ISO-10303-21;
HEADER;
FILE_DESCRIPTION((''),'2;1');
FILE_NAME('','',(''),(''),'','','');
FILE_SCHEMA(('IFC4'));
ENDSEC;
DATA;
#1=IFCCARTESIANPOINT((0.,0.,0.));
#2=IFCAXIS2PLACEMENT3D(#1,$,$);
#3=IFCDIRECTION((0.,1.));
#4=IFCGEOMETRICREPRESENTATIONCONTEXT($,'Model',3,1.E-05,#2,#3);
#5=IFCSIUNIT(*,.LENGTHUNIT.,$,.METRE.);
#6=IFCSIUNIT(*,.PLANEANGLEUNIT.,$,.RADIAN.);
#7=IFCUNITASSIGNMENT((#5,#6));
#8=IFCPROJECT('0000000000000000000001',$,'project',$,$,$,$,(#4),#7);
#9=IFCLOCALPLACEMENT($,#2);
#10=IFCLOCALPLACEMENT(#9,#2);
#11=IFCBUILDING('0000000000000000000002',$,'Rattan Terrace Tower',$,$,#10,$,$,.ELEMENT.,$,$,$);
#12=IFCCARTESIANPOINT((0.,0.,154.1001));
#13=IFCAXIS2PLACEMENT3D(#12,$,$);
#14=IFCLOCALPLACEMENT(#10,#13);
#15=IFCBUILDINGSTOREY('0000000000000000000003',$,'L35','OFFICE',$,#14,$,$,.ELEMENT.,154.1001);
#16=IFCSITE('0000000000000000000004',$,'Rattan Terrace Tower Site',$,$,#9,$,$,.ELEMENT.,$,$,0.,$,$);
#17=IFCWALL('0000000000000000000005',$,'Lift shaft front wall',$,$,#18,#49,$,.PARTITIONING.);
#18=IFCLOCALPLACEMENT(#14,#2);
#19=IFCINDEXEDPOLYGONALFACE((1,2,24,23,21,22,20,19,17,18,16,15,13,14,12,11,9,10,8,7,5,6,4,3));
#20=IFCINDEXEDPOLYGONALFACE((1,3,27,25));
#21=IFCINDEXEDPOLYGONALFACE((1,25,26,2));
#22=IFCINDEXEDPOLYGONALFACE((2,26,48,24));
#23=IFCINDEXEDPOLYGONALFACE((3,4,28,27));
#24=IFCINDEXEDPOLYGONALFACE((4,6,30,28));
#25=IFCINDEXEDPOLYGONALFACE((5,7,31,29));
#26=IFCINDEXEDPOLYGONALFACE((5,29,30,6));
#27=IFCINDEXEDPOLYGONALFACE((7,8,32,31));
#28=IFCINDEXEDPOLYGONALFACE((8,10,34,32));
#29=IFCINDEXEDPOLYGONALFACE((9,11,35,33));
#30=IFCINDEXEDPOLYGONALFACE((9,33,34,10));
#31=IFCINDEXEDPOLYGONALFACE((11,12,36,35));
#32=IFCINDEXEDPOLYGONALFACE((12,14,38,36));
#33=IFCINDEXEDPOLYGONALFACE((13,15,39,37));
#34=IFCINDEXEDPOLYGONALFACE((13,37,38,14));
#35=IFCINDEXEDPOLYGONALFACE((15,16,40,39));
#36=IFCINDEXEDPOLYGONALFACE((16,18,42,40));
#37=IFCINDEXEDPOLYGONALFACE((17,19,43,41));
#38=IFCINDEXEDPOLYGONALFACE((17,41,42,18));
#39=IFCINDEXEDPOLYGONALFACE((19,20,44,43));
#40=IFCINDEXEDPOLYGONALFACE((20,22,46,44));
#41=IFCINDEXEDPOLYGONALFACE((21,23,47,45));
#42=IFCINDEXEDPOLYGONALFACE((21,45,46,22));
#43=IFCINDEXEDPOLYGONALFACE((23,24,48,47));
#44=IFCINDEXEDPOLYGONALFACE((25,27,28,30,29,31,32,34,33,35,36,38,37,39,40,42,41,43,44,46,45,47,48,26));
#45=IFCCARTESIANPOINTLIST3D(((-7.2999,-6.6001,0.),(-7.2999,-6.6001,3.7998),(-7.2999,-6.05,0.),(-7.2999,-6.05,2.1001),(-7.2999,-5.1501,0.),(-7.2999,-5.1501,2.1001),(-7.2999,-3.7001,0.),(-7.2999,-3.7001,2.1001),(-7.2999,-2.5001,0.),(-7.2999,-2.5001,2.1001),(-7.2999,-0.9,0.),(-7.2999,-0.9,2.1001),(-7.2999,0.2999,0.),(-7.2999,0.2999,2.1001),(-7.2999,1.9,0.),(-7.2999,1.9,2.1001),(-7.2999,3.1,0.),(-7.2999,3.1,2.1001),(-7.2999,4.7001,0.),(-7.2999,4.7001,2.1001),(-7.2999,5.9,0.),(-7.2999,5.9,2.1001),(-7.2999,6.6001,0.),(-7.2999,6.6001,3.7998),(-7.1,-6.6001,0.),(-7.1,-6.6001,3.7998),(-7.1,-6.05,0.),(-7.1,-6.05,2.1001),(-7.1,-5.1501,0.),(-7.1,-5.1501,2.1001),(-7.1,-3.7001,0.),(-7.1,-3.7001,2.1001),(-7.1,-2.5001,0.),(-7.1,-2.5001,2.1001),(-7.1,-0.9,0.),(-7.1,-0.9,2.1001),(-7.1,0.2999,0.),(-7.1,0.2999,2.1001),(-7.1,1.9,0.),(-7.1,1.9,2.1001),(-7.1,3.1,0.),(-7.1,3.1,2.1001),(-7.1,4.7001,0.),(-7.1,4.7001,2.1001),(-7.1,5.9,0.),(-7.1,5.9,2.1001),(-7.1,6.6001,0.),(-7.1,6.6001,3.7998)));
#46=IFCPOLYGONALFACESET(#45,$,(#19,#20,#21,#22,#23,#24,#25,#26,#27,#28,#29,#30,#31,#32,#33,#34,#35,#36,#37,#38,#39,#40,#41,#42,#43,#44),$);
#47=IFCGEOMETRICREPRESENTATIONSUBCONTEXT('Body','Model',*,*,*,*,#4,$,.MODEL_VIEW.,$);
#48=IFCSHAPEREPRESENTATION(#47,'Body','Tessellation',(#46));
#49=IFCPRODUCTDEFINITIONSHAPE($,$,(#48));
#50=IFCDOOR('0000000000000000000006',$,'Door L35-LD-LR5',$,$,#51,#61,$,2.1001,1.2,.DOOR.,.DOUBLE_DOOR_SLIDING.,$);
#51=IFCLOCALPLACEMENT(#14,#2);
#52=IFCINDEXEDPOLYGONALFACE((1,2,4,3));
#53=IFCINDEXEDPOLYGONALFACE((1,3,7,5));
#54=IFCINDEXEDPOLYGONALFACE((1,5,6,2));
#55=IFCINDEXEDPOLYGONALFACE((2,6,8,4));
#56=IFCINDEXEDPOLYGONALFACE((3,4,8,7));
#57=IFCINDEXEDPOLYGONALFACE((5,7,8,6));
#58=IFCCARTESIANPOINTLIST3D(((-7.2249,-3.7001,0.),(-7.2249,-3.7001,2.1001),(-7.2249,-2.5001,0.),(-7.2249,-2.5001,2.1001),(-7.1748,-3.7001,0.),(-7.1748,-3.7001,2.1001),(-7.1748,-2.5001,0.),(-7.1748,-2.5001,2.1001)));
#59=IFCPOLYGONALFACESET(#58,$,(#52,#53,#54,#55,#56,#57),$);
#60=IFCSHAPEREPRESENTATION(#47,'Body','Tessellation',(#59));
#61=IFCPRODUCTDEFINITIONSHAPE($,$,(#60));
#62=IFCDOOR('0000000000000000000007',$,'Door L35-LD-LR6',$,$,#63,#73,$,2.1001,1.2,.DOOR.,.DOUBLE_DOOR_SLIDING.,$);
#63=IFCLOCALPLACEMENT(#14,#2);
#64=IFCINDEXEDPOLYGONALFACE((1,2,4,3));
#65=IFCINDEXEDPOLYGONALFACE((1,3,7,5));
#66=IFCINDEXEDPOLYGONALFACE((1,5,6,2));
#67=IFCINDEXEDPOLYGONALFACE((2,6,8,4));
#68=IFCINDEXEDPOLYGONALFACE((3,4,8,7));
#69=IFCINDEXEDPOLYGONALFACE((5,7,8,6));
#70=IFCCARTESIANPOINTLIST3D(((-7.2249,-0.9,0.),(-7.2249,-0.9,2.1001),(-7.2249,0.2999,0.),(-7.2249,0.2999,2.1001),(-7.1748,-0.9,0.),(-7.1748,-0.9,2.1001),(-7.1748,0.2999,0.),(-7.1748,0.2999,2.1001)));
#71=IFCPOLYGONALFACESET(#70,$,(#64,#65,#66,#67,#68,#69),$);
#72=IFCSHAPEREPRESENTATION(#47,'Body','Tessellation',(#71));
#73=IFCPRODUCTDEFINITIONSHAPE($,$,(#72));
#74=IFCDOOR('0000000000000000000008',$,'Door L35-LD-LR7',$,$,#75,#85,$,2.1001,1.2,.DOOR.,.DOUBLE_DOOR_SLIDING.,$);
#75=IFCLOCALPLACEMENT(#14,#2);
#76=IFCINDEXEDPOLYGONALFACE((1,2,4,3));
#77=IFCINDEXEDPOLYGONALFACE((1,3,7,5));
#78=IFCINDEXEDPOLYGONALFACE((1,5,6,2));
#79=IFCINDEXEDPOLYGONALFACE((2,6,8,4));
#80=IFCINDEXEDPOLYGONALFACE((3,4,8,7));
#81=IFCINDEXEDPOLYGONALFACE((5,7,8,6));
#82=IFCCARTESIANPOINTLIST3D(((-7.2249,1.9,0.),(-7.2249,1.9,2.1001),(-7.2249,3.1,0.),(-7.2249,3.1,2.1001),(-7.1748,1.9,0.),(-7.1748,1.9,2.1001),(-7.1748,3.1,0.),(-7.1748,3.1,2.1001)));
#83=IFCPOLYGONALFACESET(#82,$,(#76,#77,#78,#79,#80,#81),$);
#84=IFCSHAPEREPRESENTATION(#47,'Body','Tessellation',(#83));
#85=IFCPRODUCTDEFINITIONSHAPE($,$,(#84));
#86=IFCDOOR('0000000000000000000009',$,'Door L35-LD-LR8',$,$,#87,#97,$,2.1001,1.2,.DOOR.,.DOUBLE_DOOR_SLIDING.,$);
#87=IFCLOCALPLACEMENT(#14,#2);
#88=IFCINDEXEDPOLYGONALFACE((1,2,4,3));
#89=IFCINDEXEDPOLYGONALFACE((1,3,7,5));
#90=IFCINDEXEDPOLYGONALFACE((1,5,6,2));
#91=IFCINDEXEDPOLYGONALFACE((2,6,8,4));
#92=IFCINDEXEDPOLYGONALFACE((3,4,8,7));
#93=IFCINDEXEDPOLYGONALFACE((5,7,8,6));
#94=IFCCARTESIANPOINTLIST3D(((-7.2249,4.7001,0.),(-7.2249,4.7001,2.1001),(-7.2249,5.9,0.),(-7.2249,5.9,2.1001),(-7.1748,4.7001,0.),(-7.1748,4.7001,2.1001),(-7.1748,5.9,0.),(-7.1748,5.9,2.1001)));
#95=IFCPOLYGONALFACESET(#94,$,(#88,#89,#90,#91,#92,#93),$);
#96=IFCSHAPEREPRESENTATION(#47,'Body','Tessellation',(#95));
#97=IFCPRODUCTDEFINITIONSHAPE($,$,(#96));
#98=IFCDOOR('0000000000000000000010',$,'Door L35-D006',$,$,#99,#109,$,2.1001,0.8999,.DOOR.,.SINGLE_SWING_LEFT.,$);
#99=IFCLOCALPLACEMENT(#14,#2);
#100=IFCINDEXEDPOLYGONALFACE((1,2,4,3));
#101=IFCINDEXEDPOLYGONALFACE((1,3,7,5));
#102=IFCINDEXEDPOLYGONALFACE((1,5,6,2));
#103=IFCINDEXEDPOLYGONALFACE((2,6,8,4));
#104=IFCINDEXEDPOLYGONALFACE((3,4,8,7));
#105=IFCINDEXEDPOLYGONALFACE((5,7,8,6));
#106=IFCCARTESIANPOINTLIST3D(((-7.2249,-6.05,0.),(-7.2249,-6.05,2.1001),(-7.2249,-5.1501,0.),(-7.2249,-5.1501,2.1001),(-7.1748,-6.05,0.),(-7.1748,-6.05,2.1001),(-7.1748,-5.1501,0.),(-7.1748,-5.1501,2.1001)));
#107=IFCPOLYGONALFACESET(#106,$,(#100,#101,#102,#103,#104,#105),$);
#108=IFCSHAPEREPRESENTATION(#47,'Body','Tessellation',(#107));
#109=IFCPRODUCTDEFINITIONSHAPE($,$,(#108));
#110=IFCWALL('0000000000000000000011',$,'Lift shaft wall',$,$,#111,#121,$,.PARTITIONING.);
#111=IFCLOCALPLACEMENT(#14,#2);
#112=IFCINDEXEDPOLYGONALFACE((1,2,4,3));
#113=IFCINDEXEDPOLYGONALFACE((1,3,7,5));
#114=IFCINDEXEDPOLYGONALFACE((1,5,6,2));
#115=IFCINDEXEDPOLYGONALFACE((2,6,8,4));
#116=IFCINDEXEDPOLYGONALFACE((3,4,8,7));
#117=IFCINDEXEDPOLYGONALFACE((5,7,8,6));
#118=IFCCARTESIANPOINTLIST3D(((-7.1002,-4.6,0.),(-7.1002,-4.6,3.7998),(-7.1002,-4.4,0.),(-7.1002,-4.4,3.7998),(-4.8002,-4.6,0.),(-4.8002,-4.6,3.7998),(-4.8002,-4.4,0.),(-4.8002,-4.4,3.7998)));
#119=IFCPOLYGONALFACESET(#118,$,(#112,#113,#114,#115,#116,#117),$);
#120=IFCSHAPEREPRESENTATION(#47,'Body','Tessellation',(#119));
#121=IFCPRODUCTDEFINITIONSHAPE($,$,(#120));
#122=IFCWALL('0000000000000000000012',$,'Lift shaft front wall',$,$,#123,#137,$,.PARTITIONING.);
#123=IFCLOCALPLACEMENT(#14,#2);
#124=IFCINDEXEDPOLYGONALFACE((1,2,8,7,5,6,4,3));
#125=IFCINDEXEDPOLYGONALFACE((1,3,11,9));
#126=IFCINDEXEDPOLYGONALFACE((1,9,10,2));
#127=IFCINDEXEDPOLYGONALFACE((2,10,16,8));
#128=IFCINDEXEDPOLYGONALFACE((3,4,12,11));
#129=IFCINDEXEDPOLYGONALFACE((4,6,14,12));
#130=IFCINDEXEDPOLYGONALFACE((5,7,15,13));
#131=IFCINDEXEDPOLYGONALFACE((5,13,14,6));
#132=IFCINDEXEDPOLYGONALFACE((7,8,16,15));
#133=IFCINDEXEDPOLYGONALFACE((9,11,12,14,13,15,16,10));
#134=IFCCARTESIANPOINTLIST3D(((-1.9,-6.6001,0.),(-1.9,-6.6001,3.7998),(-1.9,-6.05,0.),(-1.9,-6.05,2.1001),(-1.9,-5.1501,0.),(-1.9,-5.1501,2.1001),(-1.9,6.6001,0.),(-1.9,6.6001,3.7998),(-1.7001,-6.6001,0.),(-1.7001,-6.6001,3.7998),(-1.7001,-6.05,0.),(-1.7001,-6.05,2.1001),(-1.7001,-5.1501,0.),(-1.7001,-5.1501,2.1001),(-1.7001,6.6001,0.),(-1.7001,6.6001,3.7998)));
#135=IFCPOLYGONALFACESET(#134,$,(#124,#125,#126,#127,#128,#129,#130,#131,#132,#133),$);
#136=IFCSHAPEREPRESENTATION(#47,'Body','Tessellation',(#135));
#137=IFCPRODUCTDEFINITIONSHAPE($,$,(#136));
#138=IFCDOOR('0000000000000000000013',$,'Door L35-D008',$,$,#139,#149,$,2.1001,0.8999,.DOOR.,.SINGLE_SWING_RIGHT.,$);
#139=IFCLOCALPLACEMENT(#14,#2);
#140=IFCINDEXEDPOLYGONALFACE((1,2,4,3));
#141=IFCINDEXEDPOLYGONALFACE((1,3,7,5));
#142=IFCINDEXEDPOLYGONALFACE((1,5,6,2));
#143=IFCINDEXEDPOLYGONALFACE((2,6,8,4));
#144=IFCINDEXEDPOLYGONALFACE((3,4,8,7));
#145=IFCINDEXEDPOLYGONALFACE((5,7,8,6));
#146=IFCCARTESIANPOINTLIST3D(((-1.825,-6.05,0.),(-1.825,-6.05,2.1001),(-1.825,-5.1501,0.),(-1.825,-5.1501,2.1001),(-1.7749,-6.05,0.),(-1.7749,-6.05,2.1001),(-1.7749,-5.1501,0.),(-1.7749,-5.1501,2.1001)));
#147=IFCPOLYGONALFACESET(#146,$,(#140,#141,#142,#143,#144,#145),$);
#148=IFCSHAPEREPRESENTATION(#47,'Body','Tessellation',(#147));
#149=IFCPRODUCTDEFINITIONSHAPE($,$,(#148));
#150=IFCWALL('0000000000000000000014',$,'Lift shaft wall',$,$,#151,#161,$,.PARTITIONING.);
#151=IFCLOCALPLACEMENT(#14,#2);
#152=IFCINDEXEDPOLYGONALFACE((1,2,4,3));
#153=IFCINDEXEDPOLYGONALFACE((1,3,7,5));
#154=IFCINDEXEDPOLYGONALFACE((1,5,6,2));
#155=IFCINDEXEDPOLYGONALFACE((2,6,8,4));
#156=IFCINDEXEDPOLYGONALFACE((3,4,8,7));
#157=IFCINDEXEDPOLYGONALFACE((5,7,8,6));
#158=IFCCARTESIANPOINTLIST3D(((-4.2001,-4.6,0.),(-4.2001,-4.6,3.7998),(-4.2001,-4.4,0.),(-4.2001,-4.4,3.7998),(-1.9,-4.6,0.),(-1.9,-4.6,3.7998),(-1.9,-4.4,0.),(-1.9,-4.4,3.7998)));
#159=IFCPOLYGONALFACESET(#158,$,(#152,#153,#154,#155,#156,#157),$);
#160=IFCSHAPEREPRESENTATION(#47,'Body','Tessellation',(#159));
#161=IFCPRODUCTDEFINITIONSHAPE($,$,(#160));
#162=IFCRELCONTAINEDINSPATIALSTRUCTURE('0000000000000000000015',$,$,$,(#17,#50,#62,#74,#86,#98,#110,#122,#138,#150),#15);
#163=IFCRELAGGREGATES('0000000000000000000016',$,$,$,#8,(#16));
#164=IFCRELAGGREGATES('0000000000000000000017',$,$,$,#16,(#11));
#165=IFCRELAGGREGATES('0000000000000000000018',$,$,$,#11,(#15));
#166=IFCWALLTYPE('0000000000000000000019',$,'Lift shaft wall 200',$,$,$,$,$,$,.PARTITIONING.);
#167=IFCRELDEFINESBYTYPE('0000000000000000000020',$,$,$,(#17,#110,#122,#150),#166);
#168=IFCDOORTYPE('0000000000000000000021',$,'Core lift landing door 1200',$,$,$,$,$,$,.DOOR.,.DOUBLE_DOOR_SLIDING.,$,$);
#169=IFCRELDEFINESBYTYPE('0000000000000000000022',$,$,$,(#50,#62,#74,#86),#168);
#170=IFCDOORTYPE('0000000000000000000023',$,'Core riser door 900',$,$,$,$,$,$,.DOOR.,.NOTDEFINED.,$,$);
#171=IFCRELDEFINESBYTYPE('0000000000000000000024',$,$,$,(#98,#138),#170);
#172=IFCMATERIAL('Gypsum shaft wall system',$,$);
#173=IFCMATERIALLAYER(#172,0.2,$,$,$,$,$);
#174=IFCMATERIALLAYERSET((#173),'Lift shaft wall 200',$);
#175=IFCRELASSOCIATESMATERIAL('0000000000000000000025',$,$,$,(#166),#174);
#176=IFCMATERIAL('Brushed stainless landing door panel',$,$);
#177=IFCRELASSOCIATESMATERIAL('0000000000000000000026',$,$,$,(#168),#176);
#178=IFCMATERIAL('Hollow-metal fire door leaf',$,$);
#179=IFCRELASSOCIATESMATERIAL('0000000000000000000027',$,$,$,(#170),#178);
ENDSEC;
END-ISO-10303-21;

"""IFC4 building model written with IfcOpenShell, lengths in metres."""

from ifc_helpers import new_model, si_unit, direction, frame, frame_2d, origin, place, context, subcontext, project, spatial, rectangle, extrude, material, layer, layer_set, type_object, element, fill, save


model = new_model("IFC4")

# Units and contexts
model_context = context("Model", 3, precision=1e-05, world=origin(), true_north=direction((0.0, 1.0)))
body_context = subcontext(model_context, "Body", "Model", "MODEL_VIEW")
ifc_project = project(units=[si_unit("LENGTHUNIT", "METRE"), si_unit("PLANEANGLEUNIT", "RADIAN")], contexts=[model_context])

# Site, building, storey
site_placement = place(None, origin())
site = spatial("IfcSite", under=ifc_project, at=site_placement, Name="Rattan Terrace Tower Site", CompositionType="ELEMENT", RefElevation=0.0)
building_placement = place(site_placement, origin())
building = spatial("IfcBuilding", under=site, at=building_placement, Name="Rattan Terrace Tower", CompositionType="ELEMENT")
storey_placement = place(building_placement, frame((0.0, 0.0, 154.1001)))
storey = spatial("IfcBuildingStorey", under=building, at=storey_placement, Name="L35", Description="OFFICE", CompositionType="ELEMENT", Elevation=154.1001)

# Wall, openings, doors
ifc_material_1 = material(Name="Gypsum shaft wall system")
ifc_layer_1 = layer(ifc_material_1, 0.2)
ifc_layer_set_1 = layer_set([ifc_layer_1], Name="Lift shaft wall 200")
wall_type_1 = type_object("IfcWallType", Name="Lift shaft wall 200", PredefinedType="PARTITIONING", material=ifc_layer_set_1)
wall_1_placement = place(storey_placement, frame((-7.2, -6.6001, 0.0), z_axis=(0.0, 0.0, 1.0), x_axis=(0.0, 1.0, 0.0)))
wall_1 = element("IfcWall", 1, at=wall_1_placement, inside=storey, type_object=wall_type_1, Name="Lift shaft front wall", PredefinedType="PARTITIONING", context=body_context, shape_type="SweptSolid", body=[
    extrude(rectangle(XDim=13.2002, YDim=0.2, at=frame_2d((6.6001, 0.0))), origin(), (0.0, 0.0, 1.0), 3.7998),
])
opening_1_placement = place(wall_1_placement, frame((0.55, 0.0, 0.0)))
opening_1 = element("IfcOpeningElement", 2, at=opening_1_placement, cuts=wall_1, PredefinedType="OPENING", context=body_context, shape_type="SweptSolid", body=[
    extrude(rectangle(XDim=0.8999, YDim=2.1001, at=frame_2d((0.45, 1.05))), frame((0.0, 0.1106, 0.0), z_axis=(0.0, -1.0, 0.0), x_axis=(1.0, 0.0, 0.0)), (0.0, 0.0, 1.0), 0.2209),
])
opening_2_placement = place(wall_1_placement, frame((2.8999, 0.0, 0.0)))
opening_2 = element("IfcOpeningElement", 3, at=opening_2_placement, cuts=wall_1, PredefinedType="OPENING", context=body_context, shape_type="SweptSolid", body=[
    extrude(rectangle(XDim=1.2, YDim=2.1001, at=frame_2d((0.6001, 1.05))), frame((0.0, 0.1106, 0.0), z_axis=(0.0, -1.0, 0.0), x_axis=(1.0, 0.0, 0.0)), (0.0, 0.0, 1.0), 0.2209),
])
opening_3_placement = place(wall_1_placement, frame((5.7, 0.0, 0.0)))
opening_3 = element("IfcOpeningElement", 4, at=opening_3_placement, cuts=wall_1, PredefinedType="OPENING", context=body_context, shape_type="SweptSolid", body=[
    extrude(rectangle(XDim=1.2, YDim=2.1001, at=frame_2d((0.6001, 1.05))), frame((0.0, 0.1106, 0.0), z_axis=(0.0, -1.0, 0.0), x_axis=(1.0, 0.0, 0.0)), (0.0, 0.0, 1.0), 0.2209),
])
opening_4_placement = place(wall_1_placement, frame((8.5, 0.0, 0.0)))
opening_4 = element("IfcOpeningElement", 5, at=opening_4_placement, cuts=wall_1, PredefinedType="OPENING", context=body_context, shape_type="SweptSolid", body=[
    extrude(rectangle(XDim=1.2, YDim=2.1001, at=frame_2d((0.6001, 1.05))), frame((0.0, 0.1106, 0.0), z_axis=(0.0, -1.0, 0.0), x_axis=(1.0, 0.0, 0.0)), (0.0, 0.0, 1.0), 0.2209),
])
opening_5_placement = place(wall_1_placement, frame((11.3, 0.0, 0.0)))
opening_5 = element("IfcOpeningElement", 6, at=opening_5_placement, cuts=wall_1, PredefinedType="OPENING", context=body_context, shape_type="SweptSolid", body=[
    extrude(rectangle(XDim=1.2, YDim=2.1001, at=frame_2d((0.6001, 1.05))), frame((0.0, 0.1106, 0.0), z_axis=(0.0, -1.0, 0.0), x_axis=(1.0, 0.0, 0.0)), (0.0, 0.0, 1.0), 0.2209),
])
ifc_material_2 = material(Name="Brushed stainless landing door panel")
door_type_1 = type_object("IfcDoorType", Name="Core lift landing door 1200", OperationType="DOUBLE_DOOR_SLIDING", PredefinedType="DOOR", material=ifc_material_2)
door_1_placement = place(opening_2_placement, origin())
door_1 = element("IfcDoor", 7, at=door_1_placement, inside=storey, type_object=door_type_1, Name="Door L35-LD-LR5", OperationType="DOUBLE_DOOR_SLIDING", OverallHeight=2.1001, OverallWidth=1.2, PredefinedType="DOOR", context=body_context, shape_type="SweptSolid", body=[
    extrude(rectangle(XDim=1.2, YDim=2.1001, at=frame_2d((0.6001, 1.05))), frame((0.0, 0.0249, 0.0), z_axis=(0.0, -1.0, 0.0), x_axis=(1.0, 0.0, 0.0)), (0.0, 0.0, 1.0), 0.05),
])
fill(opening_2, door_1)
door_2_placement = place(opening_3_placement, origin())
door_2 = element("IfcDoor", 8, at=door_2_placement, inside=storey, type_object=door_type_1, Name="Door L35-LD-LR6", OperationType="DOUBLE_DOOR_SLIDING", OverallHeight=2.1001, OverallWidth=1.2, PredefinedType="DOOR", context=body_context, shape_type="SweptSolid", body=[
    extrude(rectangle(XDim=1.2, YDim=2.1001, at=frame_2d((0.6001, 1.05))), frame((0.0, 0.0249, 0.0), z_axis=(0.0, -1.0, 0.0), x_axis=(1.0, 0.0, 0.0)), (0.0, 0.0, 1.0), 0.05),
])
fill(opening_3, door_2)
door_3_placement = place(opening_4_placement, origin())
door_3 = element("IfcDoor", 9, at=door_3_placement, inside=storey, type_object=door_type_1, Name="Door L35-LD-LR7", OperationType="DOUBLE_DOOR_SLIDING", OverallHeight=2.1001, OverallWidth=1.2, PredefinedType="DOOR", context=body_context, shape_type="SweptSolid", body=[
    extrude(rectangle(XDim=1.2, YDim=2.1001, at=frame_2d((0.6001, 1.05))), frame((0.0, 0.0249, 0.0), z_axis=(0.0, -1.0, 0.0), x_axis=(1.0, 0.0, 0.0)), (0.0, 0.0, 1.0), 0.05),
])
fill(opening_4, door_3)
door_4_placement = place(opening_5_placement, origin())
door_4 = element("IfcDoor", 10, at=door_4_placement, inside=storey, type_object=door_type_1, Name="Door L35-LD-LR8", OperationType="DOUBLE_DOOR_SLIDING", OverallHeight=2.1001, OverallWidth=1.2, PredefinedType="DOOR", context=body_context, shape_type="SweptSolid", body=[
    extrude(rectangle(XDim=1.2, YDim=2.1001, at=frame_2d((0.6001, 1.05))), frame((0.0, 0.0249, 0.0), z_axis=(0.0, -1.0, 0.0), x_axis=(1.0, 0.0, 0.0)), (0.0, 0.0, 1.0), 0.05),
])
fill(opening_5, door_4)
ifc_material_3 = material(Name="Hollow-metal fire door leaf")
door_type_2 = type_object("IfcDoorType", Name="Core riser door 900", OperationType="NOTDEFINED", PredefinedType="DOOR", material=ifc_material_3)
door_5_placement = place(opening_1_placement, origin())
door_5 = element("IfcDoor", 11, at=door_5_placement, inside=storey, type_object=door_type_2, Name="Door L35-D006", OperationType="SINGLE_SWING_LEFT", OverallHeight=2.1001, OverallWidth=0.8999, PredefinedType="DOOR", context=body_context, shape_type="SweptSolid", body=[
    extrude(rectangle(XDim=0.8999, YDim=2.1001, at=frame_2d((0.45, 1.05))), frame((0.0, 0.0249, 0.0), z_axis=(0.0, -1.0, 0.0), x_axis=(1.0, 0.0, 0.0)), (0.0, 0.0, 1.0), 0.05),
])
fill(opening_1, door_5)

# Wall
wall_2_placement = place(storey_placement, frame((-7.1001, -4.5, 0.0), z_axis=(0.0, 0.0, 1.0), x_axis=(1.0, 0.0, 0.0)))
element("IfcWall", 12, at=wall_2_placement, inside=storey, type_object=wall_type_1, Name="Lift shaft wall", PredefinedType="PARTITIONING", context=body_context, shape_type="SweptSolid", body=[
    extrude(rectangle(XDim=2.3, YDim=0.2, at=frame_2d((1.1499, 0.0))), origin(), (0.0, 0.0, 1.0), 3.7998),
])

# Wall, opening, door
wall_3_placement = place(storey_placement, frame((-1.8, -6.6001, 0.0), z_axis=(0.0, 0.0, 1.0), x_axis=(0.0, 1.0, 0.0)))
wall_3 = element("IfcWall", 13, at=wall_3_placement, inside=storey, type_object=wall_type_1, Name="Lift shaft front wall", PredefinedType="PARTITIONING", context=body_context, shape_type="SweptSolid", body=[
    extrude(rectangle(XDim=13.2002, YDim=0.2, at=frame_2d((6.6001, 0.0))), origin(), (0.0, 0.0, 1.0), 3.7998),
])
opening_6_placement = place(wall_3_placement, frame((0.55, 0.0, 0.0)))
opening_6 = element("IfcOpeningElement", 14, at=opening_6_placement, cuts=wall_3, PredefinedType="OPENING", context=body_context, shape_type="SweptSolid", body=[
    extrude(rectangle(XDim=0.8999, YDim=2.1001, at=frame_2d((0.45, 1.05))), frame((0.0, 0.1106, 0.0), z_axis=(0.0, -1.0, 0.0), x_axis=(1.0, 0.0, 0.0)), (0.0, 0.0, 1.0), 0.2209),
])
door_6_placement = place(opening_6_placement, origin())
door_6 = element("IfcDoor", 15, at=door_6_placement, inside=storey, type_object=door_type_2, Name="Door L35-D008", OperationType="SINGLE_SWING_RIGHT", OverallHeight=2.1001, OverallWidth=0.8999, PredefinedType="DOOR", context=body_context, shape_type="SweptSolid", body=[
    extrude(rectangle(XDim=0.8999, YDim=2.1001, at=frame_2d((0.45, 1.05))), frame((0.0, 0.0249, 0.0), z_axis=(0.0, -1.0, 0.0), x_axis=(1.0, 0.0, 0.0)), (0.0, 0.0, 1.0), 0.05),
])
fill(opening_6, door_6)

# Wall
wall_4_placement = place(storey_placement, frame((-4.2, -4.5, 0.0), z_axis=(0.0, 0.0, 1.0), x_axis=(1.0, 0.0, 0.0)))
element("IfcWall", 16, at=wall_4_placement, inside=storey, type_object=wall_type_1, Name="Lift shaft wall", PredefinedType="PARTITIONING", context=body_context, shape_type="SweptSolid", body=[
    extrude(rectangle(XDim=2.3, YDim=0.2, at=frame_2d((1.1499, 0.0))), origin(), (0.0, 0.0, 1.0), 3.7998),
])

save(model, "model.ifc")
